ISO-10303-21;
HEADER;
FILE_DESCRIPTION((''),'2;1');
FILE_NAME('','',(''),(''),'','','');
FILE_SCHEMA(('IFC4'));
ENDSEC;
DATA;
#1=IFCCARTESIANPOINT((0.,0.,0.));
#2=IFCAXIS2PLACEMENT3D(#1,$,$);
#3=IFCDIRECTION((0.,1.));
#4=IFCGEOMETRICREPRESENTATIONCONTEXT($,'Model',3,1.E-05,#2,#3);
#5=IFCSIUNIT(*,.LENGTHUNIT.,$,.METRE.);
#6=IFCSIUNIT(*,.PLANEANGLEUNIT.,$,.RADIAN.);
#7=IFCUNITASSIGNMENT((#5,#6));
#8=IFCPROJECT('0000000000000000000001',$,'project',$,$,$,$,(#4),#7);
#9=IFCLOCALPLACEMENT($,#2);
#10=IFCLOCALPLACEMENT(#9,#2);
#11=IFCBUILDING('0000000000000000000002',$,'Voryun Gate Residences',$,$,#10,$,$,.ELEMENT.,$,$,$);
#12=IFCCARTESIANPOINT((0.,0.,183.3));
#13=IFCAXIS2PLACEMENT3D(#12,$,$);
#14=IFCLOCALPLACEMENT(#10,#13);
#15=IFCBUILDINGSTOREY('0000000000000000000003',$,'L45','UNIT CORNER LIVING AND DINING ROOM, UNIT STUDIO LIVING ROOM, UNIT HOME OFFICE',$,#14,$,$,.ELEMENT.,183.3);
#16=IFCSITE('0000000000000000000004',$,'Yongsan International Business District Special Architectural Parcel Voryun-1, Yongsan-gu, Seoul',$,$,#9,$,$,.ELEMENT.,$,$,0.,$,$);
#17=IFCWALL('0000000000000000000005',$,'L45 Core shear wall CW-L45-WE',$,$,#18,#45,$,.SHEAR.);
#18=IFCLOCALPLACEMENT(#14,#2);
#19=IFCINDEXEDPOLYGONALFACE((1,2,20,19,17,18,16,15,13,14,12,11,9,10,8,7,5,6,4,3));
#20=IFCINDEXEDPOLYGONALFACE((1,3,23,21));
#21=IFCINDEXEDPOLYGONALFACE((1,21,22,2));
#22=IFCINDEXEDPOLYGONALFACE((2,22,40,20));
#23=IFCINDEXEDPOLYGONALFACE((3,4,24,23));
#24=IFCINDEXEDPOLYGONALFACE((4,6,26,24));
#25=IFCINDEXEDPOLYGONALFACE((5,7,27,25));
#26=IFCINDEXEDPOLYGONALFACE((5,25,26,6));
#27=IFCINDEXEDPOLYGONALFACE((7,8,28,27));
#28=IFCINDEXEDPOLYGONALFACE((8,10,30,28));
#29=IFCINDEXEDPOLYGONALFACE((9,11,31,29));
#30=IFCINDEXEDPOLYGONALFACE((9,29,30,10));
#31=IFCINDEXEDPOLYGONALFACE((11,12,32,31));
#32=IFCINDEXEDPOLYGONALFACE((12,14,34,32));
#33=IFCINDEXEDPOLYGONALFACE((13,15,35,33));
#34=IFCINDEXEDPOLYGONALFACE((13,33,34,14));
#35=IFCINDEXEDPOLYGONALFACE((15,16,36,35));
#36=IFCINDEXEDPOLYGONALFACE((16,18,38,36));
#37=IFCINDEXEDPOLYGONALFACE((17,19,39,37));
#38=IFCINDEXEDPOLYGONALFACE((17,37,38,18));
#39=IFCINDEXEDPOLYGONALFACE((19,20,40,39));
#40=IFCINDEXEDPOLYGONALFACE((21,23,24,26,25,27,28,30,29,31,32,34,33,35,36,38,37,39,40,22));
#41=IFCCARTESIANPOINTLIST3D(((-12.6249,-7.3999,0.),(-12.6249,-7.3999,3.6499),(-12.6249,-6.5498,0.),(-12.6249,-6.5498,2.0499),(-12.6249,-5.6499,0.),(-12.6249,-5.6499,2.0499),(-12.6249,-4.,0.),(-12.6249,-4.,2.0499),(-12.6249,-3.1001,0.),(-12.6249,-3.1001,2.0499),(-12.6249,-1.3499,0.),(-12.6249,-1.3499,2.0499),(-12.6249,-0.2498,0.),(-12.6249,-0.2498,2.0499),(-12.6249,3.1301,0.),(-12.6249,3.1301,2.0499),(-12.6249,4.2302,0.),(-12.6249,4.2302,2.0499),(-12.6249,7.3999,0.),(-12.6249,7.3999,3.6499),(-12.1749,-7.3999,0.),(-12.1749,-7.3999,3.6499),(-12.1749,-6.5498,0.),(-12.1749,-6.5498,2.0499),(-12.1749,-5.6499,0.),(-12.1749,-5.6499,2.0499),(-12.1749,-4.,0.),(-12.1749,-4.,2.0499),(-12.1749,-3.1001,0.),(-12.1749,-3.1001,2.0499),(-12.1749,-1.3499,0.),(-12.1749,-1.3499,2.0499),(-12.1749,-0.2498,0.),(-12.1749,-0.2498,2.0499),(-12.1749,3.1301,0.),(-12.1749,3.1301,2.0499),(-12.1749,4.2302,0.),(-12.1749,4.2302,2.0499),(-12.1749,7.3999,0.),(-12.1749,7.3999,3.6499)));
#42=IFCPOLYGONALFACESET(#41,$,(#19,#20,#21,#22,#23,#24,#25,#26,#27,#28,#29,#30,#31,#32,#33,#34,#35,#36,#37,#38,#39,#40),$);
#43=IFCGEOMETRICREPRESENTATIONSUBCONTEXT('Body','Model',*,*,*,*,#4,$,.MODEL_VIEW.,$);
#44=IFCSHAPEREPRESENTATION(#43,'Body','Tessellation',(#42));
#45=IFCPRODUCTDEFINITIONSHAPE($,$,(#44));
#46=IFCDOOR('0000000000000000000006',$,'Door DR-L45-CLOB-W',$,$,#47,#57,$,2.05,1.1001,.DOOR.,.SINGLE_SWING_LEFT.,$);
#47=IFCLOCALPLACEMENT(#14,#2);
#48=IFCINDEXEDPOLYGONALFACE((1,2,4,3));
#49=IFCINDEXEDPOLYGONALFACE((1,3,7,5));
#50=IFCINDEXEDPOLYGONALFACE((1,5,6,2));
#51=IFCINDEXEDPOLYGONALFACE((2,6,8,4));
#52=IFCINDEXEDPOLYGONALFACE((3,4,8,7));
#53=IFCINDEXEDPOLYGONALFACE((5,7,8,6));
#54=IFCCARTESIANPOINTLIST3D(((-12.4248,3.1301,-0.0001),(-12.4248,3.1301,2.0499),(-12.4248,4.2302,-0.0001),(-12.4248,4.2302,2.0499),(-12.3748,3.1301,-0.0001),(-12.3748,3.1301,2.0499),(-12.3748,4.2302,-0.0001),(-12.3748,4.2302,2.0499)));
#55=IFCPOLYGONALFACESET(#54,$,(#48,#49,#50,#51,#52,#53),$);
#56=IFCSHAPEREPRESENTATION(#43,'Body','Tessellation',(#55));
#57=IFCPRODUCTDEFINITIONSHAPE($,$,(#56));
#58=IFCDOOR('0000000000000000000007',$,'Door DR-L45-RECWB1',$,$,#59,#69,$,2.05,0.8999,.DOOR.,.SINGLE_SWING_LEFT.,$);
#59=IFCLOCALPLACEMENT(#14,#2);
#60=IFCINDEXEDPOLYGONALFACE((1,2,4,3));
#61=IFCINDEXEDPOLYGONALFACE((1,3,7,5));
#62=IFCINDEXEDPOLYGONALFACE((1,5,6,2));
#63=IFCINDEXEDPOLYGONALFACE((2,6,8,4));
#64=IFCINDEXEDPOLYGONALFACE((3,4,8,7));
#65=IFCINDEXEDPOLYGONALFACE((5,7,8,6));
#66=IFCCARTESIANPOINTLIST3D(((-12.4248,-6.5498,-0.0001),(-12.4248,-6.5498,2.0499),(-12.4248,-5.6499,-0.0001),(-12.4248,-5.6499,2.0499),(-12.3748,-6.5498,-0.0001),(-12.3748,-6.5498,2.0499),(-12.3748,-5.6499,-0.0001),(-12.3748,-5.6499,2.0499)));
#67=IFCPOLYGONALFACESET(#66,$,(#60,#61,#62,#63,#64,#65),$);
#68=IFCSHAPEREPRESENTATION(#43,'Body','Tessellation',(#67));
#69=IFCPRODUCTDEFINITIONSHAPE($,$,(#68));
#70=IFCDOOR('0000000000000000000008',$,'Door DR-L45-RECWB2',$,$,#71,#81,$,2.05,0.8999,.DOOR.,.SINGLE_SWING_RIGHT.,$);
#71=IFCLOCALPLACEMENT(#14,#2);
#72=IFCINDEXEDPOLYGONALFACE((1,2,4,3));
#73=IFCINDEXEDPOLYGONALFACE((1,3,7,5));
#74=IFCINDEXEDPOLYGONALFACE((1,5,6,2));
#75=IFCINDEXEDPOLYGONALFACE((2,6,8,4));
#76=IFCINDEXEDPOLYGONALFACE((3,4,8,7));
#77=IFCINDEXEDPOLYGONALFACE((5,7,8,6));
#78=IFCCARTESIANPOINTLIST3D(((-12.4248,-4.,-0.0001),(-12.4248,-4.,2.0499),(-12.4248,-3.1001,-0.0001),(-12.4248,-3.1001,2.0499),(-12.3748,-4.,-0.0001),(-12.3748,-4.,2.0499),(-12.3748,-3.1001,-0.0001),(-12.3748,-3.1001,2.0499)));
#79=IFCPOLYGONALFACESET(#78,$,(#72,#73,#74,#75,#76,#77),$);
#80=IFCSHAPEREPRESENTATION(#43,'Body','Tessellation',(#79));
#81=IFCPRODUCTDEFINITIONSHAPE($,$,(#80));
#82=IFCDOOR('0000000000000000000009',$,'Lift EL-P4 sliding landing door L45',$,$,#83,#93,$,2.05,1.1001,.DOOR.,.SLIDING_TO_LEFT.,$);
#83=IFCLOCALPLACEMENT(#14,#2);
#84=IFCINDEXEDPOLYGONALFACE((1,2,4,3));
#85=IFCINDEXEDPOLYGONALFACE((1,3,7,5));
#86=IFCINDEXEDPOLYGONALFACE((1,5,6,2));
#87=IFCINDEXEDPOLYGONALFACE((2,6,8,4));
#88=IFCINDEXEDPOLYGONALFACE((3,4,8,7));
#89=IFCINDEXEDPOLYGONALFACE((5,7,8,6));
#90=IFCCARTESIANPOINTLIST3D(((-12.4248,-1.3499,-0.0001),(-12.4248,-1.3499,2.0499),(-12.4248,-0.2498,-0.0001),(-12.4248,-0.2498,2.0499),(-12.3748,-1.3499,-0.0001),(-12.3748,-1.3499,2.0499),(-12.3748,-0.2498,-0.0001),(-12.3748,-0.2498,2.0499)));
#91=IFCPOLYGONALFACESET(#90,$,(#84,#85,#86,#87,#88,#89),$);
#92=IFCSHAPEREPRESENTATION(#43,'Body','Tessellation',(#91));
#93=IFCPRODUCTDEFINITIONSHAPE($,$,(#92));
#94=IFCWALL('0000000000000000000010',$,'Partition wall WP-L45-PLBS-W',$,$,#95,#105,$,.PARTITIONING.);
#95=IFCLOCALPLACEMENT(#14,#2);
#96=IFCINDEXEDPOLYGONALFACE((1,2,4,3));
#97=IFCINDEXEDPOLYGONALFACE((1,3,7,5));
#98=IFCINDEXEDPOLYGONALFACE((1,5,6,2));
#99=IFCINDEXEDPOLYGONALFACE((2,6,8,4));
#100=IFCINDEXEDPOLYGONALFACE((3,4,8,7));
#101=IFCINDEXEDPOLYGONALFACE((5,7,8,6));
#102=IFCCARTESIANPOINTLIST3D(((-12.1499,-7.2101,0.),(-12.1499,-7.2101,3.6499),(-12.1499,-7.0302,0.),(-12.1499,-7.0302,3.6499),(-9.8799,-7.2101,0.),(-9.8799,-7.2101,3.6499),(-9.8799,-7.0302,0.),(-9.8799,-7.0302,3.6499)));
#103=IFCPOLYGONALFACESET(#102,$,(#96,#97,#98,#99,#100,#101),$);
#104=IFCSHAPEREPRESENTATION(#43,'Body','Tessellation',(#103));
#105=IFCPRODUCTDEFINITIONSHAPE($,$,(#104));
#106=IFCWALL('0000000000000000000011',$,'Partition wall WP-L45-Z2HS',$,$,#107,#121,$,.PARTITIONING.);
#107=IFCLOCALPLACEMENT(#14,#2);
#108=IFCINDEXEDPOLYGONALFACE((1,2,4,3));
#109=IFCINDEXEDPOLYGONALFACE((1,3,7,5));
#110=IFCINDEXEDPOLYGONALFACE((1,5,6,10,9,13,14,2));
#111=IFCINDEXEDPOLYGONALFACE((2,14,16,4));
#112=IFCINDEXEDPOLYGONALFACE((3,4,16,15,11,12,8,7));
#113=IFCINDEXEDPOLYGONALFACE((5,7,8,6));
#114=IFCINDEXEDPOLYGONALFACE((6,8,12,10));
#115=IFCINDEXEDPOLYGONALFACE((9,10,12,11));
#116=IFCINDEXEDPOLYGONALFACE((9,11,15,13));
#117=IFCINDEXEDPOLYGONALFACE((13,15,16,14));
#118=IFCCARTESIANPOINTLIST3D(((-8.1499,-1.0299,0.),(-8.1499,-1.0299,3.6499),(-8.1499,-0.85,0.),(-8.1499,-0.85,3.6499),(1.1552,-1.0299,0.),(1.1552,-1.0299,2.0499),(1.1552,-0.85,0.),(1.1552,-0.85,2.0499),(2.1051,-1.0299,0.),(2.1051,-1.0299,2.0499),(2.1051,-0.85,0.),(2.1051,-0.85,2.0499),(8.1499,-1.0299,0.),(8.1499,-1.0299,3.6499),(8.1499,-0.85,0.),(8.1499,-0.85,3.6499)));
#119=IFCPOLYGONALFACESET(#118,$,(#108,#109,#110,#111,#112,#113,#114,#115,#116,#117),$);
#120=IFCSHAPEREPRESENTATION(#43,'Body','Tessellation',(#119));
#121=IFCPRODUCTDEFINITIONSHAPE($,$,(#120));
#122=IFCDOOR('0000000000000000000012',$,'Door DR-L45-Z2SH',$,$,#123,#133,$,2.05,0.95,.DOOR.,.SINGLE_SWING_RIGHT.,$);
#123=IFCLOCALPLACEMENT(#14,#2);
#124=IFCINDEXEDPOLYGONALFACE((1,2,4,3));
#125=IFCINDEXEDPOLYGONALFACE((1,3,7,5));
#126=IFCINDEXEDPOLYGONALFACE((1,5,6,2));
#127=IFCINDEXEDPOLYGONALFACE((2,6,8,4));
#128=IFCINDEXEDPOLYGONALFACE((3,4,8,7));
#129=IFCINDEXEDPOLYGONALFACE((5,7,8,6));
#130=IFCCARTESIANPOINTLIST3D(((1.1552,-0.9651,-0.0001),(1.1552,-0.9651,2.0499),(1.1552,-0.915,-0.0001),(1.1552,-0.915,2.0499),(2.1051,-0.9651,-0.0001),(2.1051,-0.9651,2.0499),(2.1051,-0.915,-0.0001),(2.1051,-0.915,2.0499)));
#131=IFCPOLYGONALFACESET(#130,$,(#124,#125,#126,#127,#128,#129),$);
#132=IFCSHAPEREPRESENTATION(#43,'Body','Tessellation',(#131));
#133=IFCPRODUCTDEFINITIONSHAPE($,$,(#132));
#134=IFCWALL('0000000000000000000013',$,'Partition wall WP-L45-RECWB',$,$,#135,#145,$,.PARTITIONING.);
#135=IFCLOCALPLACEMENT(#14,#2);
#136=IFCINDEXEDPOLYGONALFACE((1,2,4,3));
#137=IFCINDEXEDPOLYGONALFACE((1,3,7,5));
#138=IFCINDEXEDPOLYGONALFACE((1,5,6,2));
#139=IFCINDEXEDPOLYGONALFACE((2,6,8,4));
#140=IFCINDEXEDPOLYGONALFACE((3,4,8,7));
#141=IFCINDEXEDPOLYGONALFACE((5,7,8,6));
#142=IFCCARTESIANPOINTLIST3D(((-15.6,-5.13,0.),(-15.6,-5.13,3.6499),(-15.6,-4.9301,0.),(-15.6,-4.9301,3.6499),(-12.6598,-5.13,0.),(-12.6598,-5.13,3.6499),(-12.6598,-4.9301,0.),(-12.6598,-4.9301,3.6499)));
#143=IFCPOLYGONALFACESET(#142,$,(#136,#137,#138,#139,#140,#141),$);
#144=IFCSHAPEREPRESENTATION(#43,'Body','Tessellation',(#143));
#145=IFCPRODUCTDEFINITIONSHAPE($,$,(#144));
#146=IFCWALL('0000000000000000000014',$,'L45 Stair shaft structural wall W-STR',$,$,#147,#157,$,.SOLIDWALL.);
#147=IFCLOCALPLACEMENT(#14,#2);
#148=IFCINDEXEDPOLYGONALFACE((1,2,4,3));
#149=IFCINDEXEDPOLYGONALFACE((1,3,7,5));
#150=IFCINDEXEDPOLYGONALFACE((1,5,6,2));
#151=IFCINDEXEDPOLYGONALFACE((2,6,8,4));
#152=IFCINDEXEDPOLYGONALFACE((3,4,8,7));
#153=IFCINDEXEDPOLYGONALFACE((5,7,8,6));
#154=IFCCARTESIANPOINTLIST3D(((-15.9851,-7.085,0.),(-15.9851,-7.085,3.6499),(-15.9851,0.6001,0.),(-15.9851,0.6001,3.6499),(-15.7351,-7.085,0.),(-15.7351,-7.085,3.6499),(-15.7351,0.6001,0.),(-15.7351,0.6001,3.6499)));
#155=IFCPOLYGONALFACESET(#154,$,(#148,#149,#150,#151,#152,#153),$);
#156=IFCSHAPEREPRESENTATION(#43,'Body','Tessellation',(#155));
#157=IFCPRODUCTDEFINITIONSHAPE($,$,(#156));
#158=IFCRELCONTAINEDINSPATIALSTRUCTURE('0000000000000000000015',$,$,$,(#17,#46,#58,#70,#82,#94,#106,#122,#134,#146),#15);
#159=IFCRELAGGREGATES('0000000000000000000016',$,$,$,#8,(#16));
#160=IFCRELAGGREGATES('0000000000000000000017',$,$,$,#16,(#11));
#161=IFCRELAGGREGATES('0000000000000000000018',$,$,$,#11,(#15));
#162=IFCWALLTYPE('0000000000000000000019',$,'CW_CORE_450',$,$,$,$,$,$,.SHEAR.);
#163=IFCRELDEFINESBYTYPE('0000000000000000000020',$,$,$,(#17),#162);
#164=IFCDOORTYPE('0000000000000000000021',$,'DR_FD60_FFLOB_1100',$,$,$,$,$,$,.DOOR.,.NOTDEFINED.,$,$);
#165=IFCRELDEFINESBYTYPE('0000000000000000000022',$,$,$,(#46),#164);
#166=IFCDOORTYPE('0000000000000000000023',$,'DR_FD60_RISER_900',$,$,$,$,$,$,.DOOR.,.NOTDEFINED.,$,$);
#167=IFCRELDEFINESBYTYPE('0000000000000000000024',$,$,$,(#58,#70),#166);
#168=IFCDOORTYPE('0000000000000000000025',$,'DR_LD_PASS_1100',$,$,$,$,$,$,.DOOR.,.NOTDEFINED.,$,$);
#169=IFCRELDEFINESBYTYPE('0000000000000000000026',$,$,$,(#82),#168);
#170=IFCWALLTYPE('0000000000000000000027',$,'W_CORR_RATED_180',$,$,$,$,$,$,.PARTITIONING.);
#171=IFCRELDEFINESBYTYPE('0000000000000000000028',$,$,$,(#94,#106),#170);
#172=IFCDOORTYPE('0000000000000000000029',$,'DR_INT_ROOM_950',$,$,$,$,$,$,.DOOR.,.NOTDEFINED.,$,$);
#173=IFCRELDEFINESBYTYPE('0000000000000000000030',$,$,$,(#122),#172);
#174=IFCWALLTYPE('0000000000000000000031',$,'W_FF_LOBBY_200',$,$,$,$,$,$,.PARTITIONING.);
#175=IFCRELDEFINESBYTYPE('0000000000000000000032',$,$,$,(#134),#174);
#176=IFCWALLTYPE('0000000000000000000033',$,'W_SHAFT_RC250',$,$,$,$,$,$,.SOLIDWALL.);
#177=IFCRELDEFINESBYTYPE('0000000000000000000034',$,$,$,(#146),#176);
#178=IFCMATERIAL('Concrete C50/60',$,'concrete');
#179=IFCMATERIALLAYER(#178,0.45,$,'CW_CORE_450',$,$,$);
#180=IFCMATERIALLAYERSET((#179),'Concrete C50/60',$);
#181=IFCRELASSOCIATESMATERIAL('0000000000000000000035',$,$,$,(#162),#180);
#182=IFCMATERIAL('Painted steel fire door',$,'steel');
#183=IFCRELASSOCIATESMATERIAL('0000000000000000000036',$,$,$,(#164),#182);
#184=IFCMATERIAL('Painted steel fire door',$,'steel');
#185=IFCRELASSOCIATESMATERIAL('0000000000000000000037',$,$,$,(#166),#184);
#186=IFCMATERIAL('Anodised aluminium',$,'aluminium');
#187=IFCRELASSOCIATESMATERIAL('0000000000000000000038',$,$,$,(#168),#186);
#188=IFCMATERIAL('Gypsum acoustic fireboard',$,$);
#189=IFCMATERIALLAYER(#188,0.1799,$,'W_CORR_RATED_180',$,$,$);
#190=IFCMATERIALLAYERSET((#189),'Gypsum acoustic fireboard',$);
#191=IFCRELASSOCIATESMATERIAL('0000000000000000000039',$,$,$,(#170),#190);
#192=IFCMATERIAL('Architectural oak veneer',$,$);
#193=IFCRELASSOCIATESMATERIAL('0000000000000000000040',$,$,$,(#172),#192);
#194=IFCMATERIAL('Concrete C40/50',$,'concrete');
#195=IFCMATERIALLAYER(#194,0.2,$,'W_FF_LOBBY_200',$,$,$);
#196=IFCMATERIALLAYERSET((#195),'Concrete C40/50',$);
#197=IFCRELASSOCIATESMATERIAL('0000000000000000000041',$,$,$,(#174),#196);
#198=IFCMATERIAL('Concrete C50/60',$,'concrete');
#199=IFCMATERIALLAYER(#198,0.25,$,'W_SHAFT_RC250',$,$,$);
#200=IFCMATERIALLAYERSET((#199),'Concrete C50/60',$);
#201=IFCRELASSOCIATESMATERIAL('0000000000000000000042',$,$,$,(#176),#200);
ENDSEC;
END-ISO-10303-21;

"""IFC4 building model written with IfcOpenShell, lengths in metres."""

from ifc_helpers import new_model, si_unit, direction, frame, frame_2d, origin, place, context, subcontext, project, spatial, rectangle, extrude, material, layer, layer_set, type_object, element, fill, save


model = new_model("IFC4")

# Units and contexts
model_context = context("Model", 3, precision=1e-05, world=origin(), true_north=direction((0.0, 1.0)))
body_context = subcontext(model_context, "Body", "Model", "MODEL_VIEW")
ifc_project = project(units=[si_unit("LENGTHUNIT", "METRE"), si_unit("PLANEANGLEUNIT", "RADIAN")], contexts=[model_context])

# Site, building, storey
site_placement = place(None, origin())
site = spatial("IfcSite", under=ifc_project, at=site_placement, Name="Yongsan International Business District Special Architectural Parcel Voryun-1, Yongsan-gu, Seoul", CompositionType="ELEMENT", RefElevation=0.0)
building_placement = place(site_placement, origin())
building = spatial("IfcBuilding", under=site, at=building_placement, Name="Voryun Gate Residences", CompositionType="ELEMENT")
storey_placement = place(building_placement, frame((0.0, 0.0, 183.3)))
storey = spatial("IfcBuildingStorey", under=building, at=storey_placement, Name="L45", Description="UNIT CORNER LIVING AND DINING ROOM, UNIT STUDIO LIVING ROOM, UNIT HOME OFFICE", CompositionType="ELEMENT", Elevation=183.3)

# Wall, openings, doors
ifc_material_1 = material(Name="Concrete C50/60", Category="concrete")
ifc_layer_1 = layer(ifc_material_1, 0.45, Name="CW_CORE_450")
ifc_layer_set_1 = layer_set([ifc_layer_1], Name="Concrete C50/60")
wall_type_1 = type_object("IfcWallType", Name="CW_CORE_450", PredefinedType="SHEAR", material=ifc_layer_set_1)
wall_1_placement = place(storey_placement, frame((-12.3999, -7.3999, 0.0), z_axis=(0.0, 0.0, 1.0), x_axis=(0.0, 1.0, 0.0)))
wall_1 = element("IfcWall", 1, at=wall_1_placement, inside=storey, type_object=wall_type_1, Name="L45 Core shear wall CW-L45-WE", PredefinedType="SHEAR", context=body_context, shape_type="SweptSolid", body=[
    extrude(rectangle(XDim=14.7998, YDim=0.45, at=frame_2d((7.3999, 0.0))), origin(), (0.0, 0.0, 1.0), 3.6499),
])
opening_1_placement = place(wall_1_placement, frame((6.05, 0.0, 0.0)))
opening_1 = element("IfcOpeningElement", 2, at=opening_1_placement, cuts=wall_1, PredefinedType="OPENING", context=body_context, shape_type="SweptSolid", body=[
    extrude(rectangle(XDim=1.1001, YDim=2.05, at=frame_2d((0.55, 1.0249))), frame((0.0, 0.2351, 0.0), z_axis=(0.0, -1.0, 0.0), x_axis=(1.0, 0.0, 0.0)), (0.0, 0.0, 1.0), 0.47),
])
opening_2_placement = place(wall_1_placement, frame((10.53, 0.0, 0.0)))
opening_2 = element("IfcOpeningElement", 3, at=opening_2_placement, cuts=wall_1, PredefinedType="OPENING", context=body_context, shape_type="SweptSolid", body=[
    extrude(rectangle(XDim=1.1001, YDim=2.05, at=frame_2d((0.55, 1.0249))), frame((0.0, 0.2351, 0.0), z_axis=(0.0, -1.0, 0.0), x_axis=(1.0, 0.0, 0.0)), (0.0, 0.0, 1.0), 0.47),
])
opening_3_placement = place(wall_1_placement, frame((0.8501, 0.0, 0.0)))
opening_3 = element("IfcOpeningElement", 4, at=opening_3_placement, cuts=wall_1, PredefinedType="OPENING", context=body_context, shape_type="SweptSolid", body=[
    extrude(rectangle(XDim=0.8999, YDim=2.05, at=frame_2d((0.45, 1.0249))), frame((0.0, 0.2351, 0.0), z_axis=(0.0, -1.0, 0.0), x_axis=(1.0, 0.0, 0.0)), (0.0, 0.0, 1.0), 0.47),
])
opening_4_placement = place(wall_1_placement, frame((3.3999, 0.0, 0.0)))
opening_4 = element("IfcOpeningElement", 5, at=opening_4_placement, cuts=wall_1, PredefinedType="OPENING", context=body_context, shape_type="SweptSolid", body=[
    extrude(rectangle(XDim=0.8999, YDim=2.05, at=frame_2d((0.45, 1.0249))), frame((0.0, 0.2351, 0.0), z_axis=(0.0, -1.0, 0.0), x_axis=(1.0, 0.0, 0.0)), (0.0, 0.0, 1.0), 0.47),
])
ifc_material_2 = material(Name="Painted steel fire door", Category="steel")
door_type_1 = type_object("IfcDoorType", Name="DR_FD60_FFLOB_1100", OperationType="NOTDEFINED", PredefinedType="DOOR", material=ifc_material_2)
door_1_placement = place(opening_2_placement, origin())
door_1 = element("IfcDoor", 6, at=door_1_placement, inside=storey, type_object=door_type_1, Name="Door DR-L45-CLOB-W", OperationType="SINGLE_SWING_LEFT", OverallHeight=2.05, OverallWidth=1.1001, PredefinedType="DOOR", context=body_context, shape_type="SweptSolid", body=[
    extrude(rectangle(XDim=1.1001, YDim=2.05, at=frame_2d((0.55, 1.0249))), frame((0.0, 0.0249, 0.0), z_axis=(0.0, -1.0, 0.0), x_axis=(1.0, 0.0, 0.0)), (0.0, 0.0, 1.0), 0.05),
])
fill(opening_2, door_1)
ifc_material_3 = material(Name="Painted steel fire door", Category="steel")
door_type_2 = type_object("IfcDoorType", Name="DR_FD60_RISER_900", OperationType="NOTDEFINED", PredefinedType="DOOR", material=ifc_material_3)
door_2_placement = place(opening_3_placement, origin())
door_2 = element("IfcDoor", 7, at=door_2_placement, inside=storey, type_object=door_type_2, Name="Door DR-L45-RECWB1", OperationType="SINGLE_SWING_LEFT", OverallHeight=2.05, OverallWidth=0.8999, PredefinedType="DOOR", context=body_context, shape_type="SweptSolid", body=[
    extrude(rectangle(XDim=0.8999, YDim=2.05, at=frame_2d((0.45, 1.0249))), frame((0.0, 0.0249, 0.0), z_axis=(0.0, -1.0, 0.0), x_axis=(1.0, 0.0, 0.0)), (0.0, 0.0, 1.0), 0.05),
])
fill(opening_3, door_2)
door_3_placement = place(opening_4_placement, origin())
door_3 = element("IfcDoor", 8, at=door_3_placement, inside=storey, type_object=door_type_2, Name="Door DR-L45-RECWB2", OperationType="SINGLE_SWING_RIGHT", OverallHeight=2.05, OverallWidth=0.8999, PredefinedType="DOOR", context=body_context, shape_type="SweptSolid", body=[
    extrude(rectangle(XDim=0.8999, YDim=2.05, at=frame_2d((0.45, 1.0249))), frame((0.0, 0.0249, 0.0), z_axis=(0.0, -1.0, 0.0), x_axis=(1.0, 0.0, 0.0)), (0.0, 0.0, 1.0), 0.05),
])
fill(opening_4, door_3)
ifc_material_4 = material(Name="Anodised aluminium", Category="aluminium")
door_type_3 = type_object("IfcDoorType", Name="DR_LD_PASS_1100", OperationType="NOTDEFINED", PredefinedType="DOOR", material=ifc_material_4)
door_4_placement = place(opening_1_placement, origin())
door_4 = element("IfcDoor", 9, at=door_4_placement, inside=storey, type_object=door_type_3, Name="Lift EL-P4 sliding landing door L45", OperationType="SLIDING_TO_LEFT", OverallHeight=2.05, OverallWidth=1.1001, PredefinedType="DOOR", context=body_context, shape_type="SweptSolid", body=[
    extrude(rectangle(XDim=1.1001, YDim=2.05, at=frame_2d((0.55, 1.0249))), frame((0.0, 0.0249, 0.0), z_axis=(0.0, -1.0, 0.0), x_axis=(1.0, 0.0, 0.0)), (0.0, 0.0, 1.0), 0.05),
])
fill(opening_1, door_4)

# Wall
ifc_material_5 = material(Name="Gypsum acoustic fireboard")
ifc_layer_2 = layer(ifc_material_5, 0.1799, Name="W_CORR_RATED_180")
ifc_layer_set_2 = layer_set([ifc_layer_2], Name="Gypsum acoustic fireboard")
wall_type_2 = type_object("IfcWallType", Name="W_CORR_RATED_180", PredefinedType="PARTITIONING", material=ifc_layer_set_2)
wall_2_placement = place(storey_placement, frame((-12.1499, -7.1201, 0.0), z_axis=(0.0, 0.0, 1.0), x_axis=(1.0, 0.0, 0.0)))
element("IfcWall", 10, at=wall_2_placement, inside=storey, type_object=wall_type_2, Name="Partition wall WP-L45-PLBS-W", PredefinedType="PARTITIONING", context=body_context, shape_type="SweptSolid", body=[
    extrude(rectangle(XDim=2.27, YDim=0.1799, at=frame_2d((1.135, 0.0))), origin(), (0.0, 0.0, 1.0), 3.6499),
])

# Wall, opening, door
wall_3_placement = place(storey_placement, frame((-8.1499, -0.9399, 0.0), z_axis=(0.0, 0.0, 1.0), x_axis=(1.0, 0.0, 0.0)))
wall_3 = element("IfcWall", 11, at=wall_3_placement, inside=storey, type_object=wall_type_2, Name="Partition wall WP-L45-Z2HS", PredefinedType="PARTITIONING", context=body_context, shape_type="SweptSolid", body=[
    extrude(rectangle(XDim=16.2998, YDim=0.1799, at=frame_2d((8.1499, 0.0))), origin(), (0.0, 0.0, 1.0), 3.6499),
])
opening_5_placement = place(wall_3_placement, frame((9.3049, 0.0, 0.0)))
opening_5 = element("IfcOpeningElement", 12, at=opening_5_placement, cuts=wall_3, PredefinedType="OPENING", context=body_context, shape_type="SweptSolid", body=[
    extrude(rectangle(XDim=0.95, YDim=2.05, at=frame_2d((0.4751, 1.0249))), frame((0.0, 0.0999, 0.0), z_axis=(0.0, -1.0, 0.0), x_axis=(1.0, 0.0, 0.0)), (0.0, 0.0, 1.0), 0.2),
])
ifc_material_6 = material(Name="Architectural oak veneer")
door_type_4 = type_object("IfcDoorType", Name="DR_INT_ROOM_950", OperationType="NOTDEFINED", PredefinedType="DOOR", material=ifc_material_6)
door_5_placement = place(opening_5_placement, origin())
door_5 = element("IfcDoor", 13, at=door_5_placement, inside=storey, type_object=door_type_4, Name="Door DR-L45-Z2SH", OperationType="SINGLE_SWING_RIGHT", OverallHeight=2.05, OverallWidth=0.95, PredefinedType="DOOR", context=body_context, shape_type="SweptSolid", body=[
    extrude(rectangle(XDim=0.95, YDim=2.05, at=frame_2d((0.4751, 1.0249))), frame((0.0, 0.0249, 0.0), z_axis=(0.0, -1.0, 0.0), x_axis=(1.0, 0.0, 0.0)), (0.0, 0.0, 1.0), 0.05),
])
fill(opening_5, door_5)

# Walls
ifc_material_7 = material(Name="Concrete C40/50", Category="concrete")
ifc_layer_3 = layer(ifc_material_7, 0.2, Name="W_FF_LOBBY_200")
ifc_layer_set_3 = layer_set([ifc_layer_3], Name="Concrete C40/50")
wall_type_3 = type_object("IfcWallType", Name="W_FF_LOBBY_200", PredefinedType="PARTITIONING", material=ifc_layer_set_3)
wall_4_placement = place(storey_placement, frame((-15.6001, -5.03, 0.0), z_axis=(0.0, 0.0, 1.0), x_axis=(1.0, 0.0, 0.0)))
element("IfcWall", 14, at=wall_4_placement, inside=storey, type_object=wall_type_3, Name="Partition wall WP-L45-RECWB", PredefinedType="PARTITIONING", context=body_context, shape_type="SweptSolid", body=[
    extrude(rectangle(XDim=2.9402, YDim=0.2, at=frame_2d((1.4702, 0.0))), origin(), (0.0, 0.0, 1.0), 3.6499),
])
ifc_material_8 = material(Name="Concrete C50/60", Category="concrete")
ifc_layer_4 = layer(ifc_material_8, 0.25, Name="W_SHAFT_RC250")
ifc_layer_set_4 = layer_set([ifc_layer_4], Name="Concrete C50/60")
wall_type_4 = type_object("IfcWallType", Name="W_SHAFT_RC250", PredefinedType="SOLIDWALL", material=ifc_layer_set_4)
wall_5_placement = place(storey_placement, frame((-15.8601, -7.085, 0.0), z_axis=(0.0, 0.0, 1.0), x_axis=(0.0, 1.0, 0.0)))
element("IfcWall", 15, at=wall_5_placement, inside=storey, type_object=wall_type_4, Name="L45 Stair shaft structural wall W-STR", PredefinedType="SOLIDWALL", context=body_context, shape_type="SweptSolid", body=[
    extrude(rectangle(XDim=7.6851, YDim=0.25, at=frame_2d((3.8425, 0.0))), origin(), (0.0, 0.0, 1.0), 3.6499),
])

save(model, "model.ifc")
